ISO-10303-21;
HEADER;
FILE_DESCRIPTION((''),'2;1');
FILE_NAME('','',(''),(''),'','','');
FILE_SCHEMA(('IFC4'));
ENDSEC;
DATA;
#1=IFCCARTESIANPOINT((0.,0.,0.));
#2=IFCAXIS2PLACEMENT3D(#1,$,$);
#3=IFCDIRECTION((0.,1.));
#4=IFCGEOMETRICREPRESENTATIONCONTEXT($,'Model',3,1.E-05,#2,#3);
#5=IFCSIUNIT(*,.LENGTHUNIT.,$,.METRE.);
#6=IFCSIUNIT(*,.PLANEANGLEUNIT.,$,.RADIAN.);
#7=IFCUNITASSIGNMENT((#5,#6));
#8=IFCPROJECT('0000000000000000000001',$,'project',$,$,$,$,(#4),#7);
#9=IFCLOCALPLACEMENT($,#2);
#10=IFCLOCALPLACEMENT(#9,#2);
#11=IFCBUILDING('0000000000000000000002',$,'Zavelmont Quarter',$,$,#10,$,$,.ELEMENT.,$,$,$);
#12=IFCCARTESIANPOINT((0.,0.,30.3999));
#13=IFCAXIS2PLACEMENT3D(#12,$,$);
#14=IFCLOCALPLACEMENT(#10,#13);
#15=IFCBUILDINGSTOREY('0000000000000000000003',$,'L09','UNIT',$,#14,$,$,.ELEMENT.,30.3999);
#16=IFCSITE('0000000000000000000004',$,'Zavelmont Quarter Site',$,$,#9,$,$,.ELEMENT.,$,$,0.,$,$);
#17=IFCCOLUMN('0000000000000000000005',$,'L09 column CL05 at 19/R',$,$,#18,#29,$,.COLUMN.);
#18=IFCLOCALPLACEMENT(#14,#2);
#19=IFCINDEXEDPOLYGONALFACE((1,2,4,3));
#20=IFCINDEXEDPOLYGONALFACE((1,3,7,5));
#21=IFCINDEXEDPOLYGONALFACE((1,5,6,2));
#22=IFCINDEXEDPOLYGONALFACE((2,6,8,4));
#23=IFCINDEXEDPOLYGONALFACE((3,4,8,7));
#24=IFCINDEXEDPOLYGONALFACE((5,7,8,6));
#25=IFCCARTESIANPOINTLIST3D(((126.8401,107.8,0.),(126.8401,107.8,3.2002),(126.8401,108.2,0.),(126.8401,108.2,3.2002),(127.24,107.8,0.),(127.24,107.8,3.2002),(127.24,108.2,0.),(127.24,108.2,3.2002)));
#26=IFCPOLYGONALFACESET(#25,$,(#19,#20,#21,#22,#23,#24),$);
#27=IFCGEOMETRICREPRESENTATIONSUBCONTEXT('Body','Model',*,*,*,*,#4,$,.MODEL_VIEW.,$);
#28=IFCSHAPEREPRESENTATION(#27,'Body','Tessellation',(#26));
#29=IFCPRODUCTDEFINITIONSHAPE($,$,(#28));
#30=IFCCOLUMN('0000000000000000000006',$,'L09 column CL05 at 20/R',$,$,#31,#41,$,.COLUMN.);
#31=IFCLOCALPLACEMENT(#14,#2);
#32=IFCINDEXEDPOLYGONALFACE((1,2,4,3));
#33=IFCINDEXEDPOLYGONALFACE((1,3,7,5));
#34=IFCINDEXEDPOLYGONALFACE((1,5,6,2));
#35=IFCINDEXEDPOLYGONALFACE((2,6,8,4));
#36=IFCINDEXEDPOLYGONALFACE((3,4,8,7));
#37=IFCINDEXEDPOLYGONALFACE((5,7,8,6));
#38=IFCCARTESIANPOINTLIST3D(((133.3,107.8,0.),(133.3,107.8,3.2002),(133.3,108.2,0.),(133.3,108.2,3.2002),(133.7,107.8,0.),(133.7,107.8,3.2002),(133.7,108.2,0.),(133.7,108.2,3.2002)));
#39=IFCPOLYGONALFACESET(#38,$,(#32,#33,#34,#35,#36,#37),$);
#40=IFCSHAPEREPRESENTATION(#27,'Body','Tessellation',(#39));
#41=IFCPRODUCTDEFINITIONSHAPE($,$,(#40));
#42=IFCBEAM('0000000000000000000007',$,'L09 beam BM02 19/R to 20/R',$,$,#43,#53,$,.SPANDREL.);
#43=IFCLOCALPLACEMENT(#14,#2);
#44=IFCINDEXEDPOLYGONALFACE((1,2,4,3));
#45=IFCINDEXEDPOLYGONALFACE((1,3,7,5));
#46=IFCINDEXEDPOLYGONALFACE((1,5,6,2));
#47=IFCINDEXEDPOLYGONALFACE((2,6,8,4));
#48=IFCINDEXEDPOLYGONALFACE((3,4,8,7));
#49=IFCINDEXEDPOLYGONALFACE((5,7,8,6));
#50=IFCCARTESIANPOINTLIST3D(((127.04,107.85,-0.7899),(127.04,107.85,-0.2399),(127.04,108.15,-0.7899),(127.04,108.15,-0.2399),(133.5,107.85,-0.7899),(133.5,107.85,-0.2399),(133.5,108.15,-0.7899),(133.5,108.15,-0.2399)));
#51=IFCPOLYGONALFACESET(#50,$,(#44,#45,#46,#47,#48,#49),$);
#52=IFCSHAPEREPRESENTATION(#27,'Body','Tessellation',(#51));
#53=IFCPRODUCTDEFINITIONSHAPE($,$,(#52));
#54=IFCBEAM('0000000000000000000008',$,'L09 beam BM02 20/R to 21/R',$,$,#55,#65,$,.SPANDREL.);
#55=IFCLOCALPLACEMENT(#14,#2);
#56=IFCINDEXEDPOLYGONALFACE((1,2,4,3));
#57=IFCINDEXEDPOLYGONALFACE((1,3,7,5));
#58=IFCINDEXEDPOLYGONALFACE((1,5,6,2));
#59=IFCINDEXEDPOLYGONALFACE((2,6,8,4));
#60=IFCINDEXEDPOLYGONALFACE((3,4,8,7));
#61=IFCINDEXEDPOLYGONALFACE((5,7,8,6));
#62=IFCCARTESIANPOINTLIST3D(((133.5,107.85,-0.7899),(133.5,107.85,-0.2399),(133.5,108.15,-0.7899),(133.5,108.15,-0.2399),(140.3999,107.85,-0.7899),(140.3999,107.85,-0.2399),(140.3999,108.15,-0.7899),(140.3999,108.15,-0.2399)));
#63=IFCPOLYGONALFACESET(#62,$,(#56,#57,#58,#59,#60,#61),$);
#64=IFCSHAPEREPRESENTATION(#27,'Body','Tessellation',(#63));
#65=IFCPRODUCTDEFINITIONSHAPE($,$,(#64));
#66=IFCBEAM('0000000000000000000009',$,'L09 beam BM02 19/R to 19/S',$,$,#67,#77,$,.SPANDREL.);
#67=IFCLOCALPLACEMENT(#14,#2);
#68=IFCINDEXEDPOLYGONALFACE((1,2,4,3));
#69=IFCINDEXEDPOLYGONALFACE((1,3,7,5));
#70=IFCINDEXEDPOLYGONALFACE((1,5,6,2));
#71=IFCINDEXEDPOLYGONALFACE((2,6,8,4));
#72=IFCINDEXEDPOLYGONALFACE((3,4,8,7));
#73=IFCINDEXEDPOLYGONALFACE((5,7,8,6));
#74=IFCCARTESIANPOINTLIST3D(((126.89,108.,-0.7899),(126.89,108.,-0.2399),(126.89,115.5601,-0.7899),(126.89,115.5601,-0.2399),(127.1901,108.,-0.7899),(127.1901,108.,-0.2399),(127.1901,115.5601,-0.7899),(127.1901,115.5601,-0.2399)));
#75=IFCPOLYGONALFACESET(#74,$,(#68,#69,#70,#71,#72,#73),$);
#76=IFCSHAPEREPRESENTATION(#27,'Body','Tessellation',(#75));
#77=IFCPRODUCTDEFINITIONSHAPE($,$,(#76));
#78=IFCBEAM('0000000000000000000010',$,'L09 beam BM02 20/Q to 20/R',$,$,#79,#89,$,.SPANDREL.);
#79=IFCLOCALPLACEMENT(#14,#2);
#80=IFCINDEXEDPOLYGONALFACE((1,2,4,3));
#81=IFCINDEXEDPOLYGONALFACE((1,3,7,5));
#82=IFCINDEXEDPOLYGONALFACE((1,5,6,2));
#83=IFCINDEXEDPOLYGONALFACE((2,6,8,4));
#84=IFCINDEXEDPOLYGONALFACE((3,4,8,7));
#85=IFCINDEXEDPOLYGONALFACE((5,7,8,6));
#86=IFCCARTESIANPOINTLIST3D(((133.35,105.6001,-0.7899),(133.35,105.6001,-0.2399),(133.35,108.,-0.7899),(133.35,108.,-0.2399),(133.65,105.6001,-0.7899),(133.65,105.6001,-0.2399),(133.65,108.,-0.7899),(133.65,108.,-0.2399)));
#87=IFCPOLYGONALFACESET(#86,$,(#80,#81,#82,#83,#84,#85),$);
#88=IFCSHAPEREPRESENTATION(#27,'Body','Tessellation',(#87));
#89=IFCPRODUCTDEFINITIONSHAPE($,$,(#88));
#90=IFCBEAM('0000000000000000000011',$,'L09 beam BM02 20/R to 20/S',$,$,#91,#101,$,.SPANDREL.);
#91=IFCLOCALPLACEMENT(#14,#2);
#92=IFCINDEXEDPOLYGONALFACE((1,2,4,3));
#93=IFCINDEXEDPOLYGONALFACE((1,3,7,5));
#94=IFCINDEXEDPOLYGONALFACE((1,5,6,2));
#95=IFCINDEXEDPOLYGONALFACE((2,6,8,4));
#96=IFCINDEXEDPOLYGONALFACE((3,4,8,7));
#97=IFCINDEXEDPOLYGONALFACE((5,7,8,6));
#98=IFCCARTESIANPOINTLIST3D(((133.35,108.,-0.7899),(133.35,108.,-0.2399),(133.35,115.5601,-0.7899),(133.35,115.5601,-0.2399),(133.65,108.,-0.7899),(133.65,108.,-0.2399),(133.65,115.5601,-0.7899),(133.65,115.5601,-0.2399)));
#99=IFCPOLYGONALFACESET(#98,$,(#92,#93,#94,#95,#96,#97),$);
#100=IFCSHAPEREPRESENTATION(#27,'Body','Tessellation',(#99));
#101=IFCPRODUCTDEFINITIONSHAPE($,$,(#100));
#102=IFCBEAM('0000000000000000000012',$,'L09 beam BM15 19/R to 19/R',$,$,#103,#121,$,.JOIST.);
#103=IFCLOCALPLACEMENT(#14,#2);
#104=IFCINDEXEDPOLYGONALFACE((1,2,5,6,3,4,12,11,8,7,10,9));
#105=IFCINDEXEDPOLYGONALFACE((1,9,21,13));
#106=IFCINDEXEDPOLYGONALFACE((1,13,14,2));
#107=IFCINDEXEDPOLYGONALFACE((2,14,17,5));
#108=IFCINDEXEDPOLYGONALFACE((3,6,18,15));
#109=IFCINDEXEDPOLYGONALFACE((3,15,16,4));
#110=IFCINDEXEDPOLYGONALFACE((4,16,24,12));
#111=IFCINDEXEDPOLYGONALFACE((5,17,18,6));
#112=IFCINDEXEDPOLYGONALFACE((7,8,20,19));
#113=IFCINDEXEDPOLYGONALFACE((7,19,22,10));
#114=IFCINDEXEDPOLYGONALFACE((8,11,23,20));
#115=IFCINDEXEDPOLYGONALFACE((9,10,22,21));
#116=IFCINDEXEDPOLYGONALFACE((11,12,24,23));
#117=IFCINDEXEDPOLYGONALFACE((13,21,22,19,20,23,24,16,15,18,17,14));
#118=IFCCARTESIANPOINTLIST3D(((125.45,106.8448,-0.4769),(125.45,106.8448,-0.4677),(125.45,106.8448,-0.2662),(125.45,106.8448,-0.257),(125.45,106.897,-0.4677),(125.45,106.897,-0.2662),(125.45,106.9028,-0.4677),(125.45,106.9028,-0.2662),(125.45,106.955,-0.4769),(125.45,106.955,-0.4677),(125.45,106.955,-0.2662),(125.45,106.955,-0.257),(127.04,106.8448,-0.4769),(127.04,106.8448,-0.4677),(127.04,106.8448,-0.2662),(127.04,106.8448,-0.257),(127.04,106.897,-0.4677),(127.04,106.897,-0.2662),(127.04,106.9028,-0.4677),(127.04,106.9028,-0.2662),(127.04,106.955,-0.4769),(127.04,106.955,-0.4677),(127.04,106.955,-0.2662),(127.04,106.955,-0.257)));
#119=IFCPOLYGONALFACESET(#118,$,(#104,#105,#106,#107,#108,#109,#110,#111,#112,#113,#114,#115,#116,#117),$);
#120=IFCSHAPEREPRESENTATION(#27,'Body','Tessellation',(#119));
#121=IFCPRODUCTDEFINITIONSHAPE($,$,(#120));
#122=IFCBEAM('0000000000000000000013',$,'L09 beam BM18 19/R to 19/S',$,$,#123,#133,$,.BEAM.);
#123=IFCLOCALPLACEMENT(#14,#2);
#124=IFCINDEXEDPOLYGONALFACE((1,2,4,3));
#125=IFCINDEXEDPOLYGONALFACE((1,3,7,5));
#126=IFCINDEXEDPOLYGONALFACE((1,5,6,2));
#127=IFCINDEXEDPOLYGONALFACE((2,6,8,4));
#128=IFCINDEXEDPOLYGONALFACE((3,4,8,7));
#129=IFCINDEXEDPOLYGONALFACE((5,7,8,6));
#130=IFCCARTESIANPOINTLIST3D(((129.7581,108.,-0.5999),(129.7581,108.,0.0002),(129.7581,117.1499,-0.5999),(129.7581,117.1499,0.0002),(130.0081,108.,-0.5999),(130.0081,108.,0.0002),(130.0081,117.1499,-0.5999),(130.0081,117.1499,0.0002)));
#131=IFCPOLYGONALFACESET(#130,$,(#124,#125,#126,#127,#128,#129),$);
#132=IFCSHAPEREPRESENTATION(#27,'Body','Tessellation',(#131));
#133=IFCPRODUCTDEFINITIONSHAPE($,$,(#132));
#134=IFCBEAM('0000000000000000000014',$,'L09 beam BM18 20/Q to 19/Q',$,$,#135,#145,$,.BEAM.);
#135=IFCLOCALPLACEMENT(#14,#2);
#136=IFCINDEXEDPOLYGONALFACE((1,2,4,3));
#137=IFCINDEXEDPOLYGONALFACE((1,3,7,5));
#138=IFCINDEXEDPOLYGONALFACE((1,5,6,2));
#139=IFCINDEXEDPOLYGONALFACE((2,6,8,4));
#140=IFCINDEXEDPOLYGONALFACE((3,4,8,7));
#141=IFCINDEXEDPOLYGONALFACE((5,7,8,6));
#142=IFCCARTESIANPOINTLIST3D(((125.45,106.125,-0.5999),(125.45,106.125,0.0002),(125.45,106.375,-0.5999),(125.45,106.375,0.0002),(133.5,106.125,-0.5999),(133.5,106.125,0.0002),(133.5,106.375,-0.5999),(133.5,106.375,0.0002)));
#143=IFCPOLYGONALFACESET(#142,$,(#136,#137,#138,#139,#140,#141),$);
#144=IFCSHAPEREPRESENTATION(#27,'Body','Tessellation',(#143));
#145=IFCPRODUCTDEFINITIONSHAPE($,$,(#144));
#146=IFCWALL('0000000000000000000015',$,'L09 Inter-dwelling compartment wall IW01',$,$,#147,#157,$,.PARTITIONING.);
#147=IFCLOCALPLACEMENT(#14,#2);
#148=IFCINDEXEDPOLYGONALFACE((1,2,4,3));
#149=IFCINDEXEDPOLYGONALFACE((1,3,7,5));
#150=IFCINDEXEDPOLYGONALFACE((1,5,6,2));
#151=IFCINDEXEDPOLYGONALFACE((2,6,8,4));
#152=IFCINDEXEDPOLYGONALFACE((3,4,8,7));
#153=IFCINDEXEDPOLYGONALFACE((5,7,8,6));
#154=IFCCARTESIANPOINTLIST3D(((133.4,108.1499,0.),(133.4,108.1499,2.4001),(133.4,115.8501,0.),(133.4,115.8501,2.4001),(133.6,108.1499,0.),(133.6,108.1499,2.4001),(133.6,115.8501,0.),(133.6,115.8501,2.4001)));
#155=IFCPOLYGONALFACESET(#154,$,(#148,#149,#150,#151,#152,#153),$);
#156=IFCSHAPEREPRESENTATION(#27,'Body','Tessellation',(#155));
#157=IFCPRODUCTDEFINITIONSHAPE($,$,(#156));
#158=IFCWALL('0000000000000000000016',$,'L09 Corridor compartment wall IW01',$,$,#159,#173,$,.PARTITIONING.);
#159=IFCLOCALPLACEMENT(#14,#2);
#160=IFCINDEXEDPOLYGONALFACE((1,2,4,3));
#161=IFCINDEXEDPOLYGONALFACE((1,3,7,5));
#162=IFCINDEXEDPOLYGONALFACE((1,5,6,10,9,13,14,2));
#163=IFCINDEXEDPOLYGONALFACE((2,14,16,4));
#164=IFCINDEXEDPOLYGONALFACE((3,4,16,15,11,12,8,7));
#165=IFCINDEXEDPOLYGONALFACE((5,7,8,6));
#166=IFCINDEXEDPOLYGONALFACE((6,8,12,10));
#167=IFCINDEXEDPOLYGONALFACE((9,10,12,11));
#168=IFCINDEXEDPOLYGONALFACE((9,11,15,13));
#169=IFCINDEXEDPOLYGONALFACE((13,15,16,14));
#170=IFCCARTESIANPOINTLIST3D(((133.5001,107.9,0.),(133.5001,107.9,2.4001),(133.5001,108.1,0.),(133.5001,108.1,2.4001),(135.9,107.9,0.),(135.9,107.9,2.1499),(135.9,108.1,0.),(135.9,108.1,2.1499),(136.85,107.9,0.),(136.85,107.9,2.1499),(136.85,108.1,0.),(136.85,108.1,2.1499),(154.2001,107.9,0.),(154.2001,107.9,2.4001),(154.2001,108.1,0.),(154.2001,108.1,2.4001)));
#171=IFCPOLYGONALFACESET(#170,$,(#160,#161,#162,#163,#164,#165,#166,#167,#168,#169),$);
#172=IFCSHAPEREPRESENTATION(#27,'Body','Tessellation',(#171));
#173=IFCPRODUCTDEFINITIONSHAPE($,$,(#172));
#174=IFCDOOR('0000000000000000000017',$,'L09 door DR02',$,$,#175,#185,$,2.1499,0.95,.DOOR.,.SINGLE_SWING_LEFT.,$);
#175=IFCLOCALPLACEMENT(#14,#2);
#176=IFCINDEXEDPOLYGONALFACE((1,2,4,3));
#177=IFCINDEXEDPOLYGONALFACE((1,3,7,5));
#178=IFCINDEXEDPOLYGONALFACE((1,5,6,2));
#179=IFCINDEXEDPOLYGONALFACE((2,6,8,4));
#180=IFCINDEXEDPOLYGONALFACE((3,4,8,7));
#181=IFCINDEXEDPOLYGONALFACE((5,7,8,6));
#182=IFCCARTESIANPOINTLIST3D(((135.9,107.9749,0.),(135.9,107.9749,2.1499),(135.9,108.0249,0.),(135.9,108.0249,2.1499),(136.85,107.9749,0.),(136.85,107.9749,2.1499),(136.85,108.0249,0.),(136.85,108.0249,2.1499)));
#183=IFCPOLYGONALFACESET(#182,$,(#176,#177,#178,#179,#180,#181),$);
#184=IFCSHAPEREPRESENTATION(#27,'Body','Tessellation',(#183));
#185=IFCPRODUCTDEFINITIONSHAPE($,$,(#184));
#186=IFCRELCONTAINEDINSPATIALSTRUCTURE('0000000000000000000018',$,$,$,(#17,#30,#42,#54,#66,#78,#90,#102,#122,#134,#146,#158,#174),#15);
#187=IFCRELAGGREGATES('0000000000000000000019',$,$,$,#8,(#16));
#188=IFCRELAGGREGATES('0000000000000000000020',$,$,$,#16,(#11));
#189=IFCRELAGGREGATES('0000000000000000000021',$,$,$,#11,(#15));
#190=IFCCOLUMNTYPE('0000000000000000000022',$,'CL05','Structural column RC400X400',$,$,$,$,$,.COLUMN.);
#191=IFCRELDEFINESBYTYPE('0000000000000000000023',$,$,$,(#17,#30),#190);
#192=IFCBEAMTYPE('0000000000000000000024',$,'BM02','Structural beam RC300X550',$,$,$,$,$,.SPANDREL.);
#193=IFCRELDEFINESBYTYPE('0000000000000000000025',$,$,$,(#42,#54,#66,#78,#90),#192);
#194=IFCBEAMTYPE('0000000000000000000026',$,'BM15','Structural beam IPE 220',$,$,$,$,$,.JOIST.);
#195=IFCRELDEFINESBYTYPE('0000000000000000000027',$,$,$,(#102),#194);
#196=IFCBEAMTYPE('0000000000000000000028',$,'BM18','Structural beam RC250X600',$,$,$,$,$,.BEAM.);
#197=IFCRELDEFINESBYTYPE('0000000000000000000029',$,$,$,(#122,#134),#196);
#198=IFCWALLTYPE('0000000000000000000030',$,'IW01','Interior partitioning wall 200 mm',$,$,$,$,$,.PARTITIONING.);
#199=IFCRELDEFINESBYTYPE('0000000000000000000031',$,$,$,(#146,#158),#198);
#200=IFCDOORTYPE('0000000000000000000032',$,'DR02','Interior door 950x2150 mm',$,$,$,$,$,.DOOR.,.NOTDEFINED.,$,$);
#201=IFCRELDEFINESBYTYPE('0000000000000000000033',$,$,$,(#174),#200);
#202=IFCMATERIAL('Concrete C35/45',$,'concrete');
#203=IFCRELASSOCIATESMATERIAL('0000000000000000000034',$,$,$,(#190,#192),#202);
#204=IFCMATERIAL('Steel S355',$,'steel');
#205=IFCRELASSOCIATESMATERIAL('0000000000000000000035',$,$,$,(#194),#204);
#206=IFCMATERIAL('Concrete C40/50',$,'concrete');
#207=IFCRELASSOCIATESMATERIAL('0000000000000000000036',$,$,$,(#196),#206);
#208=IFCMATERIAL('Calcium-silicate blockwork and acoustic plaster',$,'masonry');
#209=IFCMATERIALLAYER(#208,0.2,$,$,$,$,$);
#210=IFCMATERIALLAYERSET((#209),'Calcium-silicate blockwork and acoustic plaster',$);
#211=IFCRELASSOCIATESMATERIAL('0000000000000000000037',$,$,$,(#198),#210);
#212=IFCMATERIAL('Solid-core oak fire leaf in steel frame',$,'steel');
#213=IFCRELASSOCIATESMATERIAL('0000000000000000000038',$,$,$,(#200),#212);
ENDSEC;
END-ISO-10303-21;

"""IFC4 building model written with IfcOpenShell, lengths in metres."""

from ifc_helpers import new_model, si_unit, direction, frame, frame_2d, origin, origin_with_axes, origin_2d, place, context, subcontext, project, spatial, rectangle, i_section, extrude, material, layer, layer_set, material_profile, profile_set, type_object, element, fill, save


model = new_model("IFC4")

# Units and contexts
model_context = context("Model", 3, precision=1e-05, world=origin(), true_north=direction((0.0, 1.0)))
body_context = subcontext(model_context, "Body", "Model", "MODEL_VIEW")
ifc_project = project(units=[si_unit("LENGTHUNIT", "METRE"), si_unit("PLANEANGLEUNIT", "RADIAN")], contexts=[model_context])

# Site, building, storey
site_placement = place(None, origin())
site = spatial("IfcSite", under=ifc_project, at=site_placement, Name="Zavelmont Quarter Site", CompositionType="ELEMENT", RefElevation=0.0)
building_placement = place(site_placement, origin())
building = spatial("IfcBuilding", under=site, at=building_placement, Name="Zavelmont Quarter", CompositionType="ELEMENT")
storey_placement = place(building_placement, frame((0.0, 0.0, 30.3999)))
storey = spatial("IfcBuildingStorey", under=building, at=storey_placement, Name="L09", Description="UNIT", CompositionType="ELEMENT", Elevation=30.3999)

# Columns
ifc_material_1 = material(Name="Concrete C35/45", Category="concrete")
ifc_material_profile_1 = material_profile(ifc_material_1, rectangle(XDim=0.3999, YDim=0.3999, at=origin_2d()), Name="RC400X400")
ifc_profile_set_1 = profile_set([ifc_material_profile_1], Name="Concrete C35/45")
column_type = type_object("IfcColumnType", Name="CL05", Description="Structural column RC400X400", PredefinedType="COLUMN", material=ifc_profile_set_1)
for number, where, z_axis, x_axis, name in (
    (1, (127.04, 108.0, 0.0), (0.0, 0.0, 1.0), (1.0, 0.0, 0.0), "L09 column CL05 at 19/R"),
    (2, (133.5, 108.0, 0.0), (0.0, 0.0, 1.0), (1.0, 0.0, 0.0), "L09 column CL05 at 20/R"),
):
    element("IfcColumn", number, at=place(storey_placement, frame(where, z_axis=z_axis, x_axis=x_axis)), inside=storey, type_object=column_type, Name=name, PredefinedType="COLUMN", context=body_context, shape_type="SweptSolid", body=[
        extrude(rectangle(XDim=0.3999, YDim=0.3999, at=origin_2d()), origin(), (0.0, 0.0, 1.0), 3.2002),
    ])

# Beams
ifc_material_profile_2 = material_profile(ifc_material_1, rectangle(XDim=0.3, YDim=0.55, at=origin_2d()), Name="RC300X550")
ifc_profile_set_2 = profile_set([ifc_material_profile_2], Name="Concrete C35/45")
beam_type_1 = type_object("IfcBeamType", Name="BM02", Description="Structural beam RC300X550", PredefinedType="SPANDREL", material=ifc_profile_set_2)
beam_1_placement = place(storey_placement, frame((127.04, 108.0, -0.5149), z_axis=(1.0, 0.0, 0.0), x_axis=(0.0, 1.0, 0.0)))
element("IfcBeam", 3, at=beam_1_placement, inside=storey, type_object=beam_type_1, Name="L09 beam BM02 19/R to 20/R", PredefinedType="SPANDREL", context=body_context, shape_type="SweptSolid", body=[
    extrude(rectangle(XDim=0.3, YDim=0.55, at=origin_2d()), origin(), (0.0, 0.0, 1.0), 6.46),
])
beam_2_placement = place(storey_placement, frame((133.5, 108.0, -0.5149), z_axis=(1.0, 0.0, 0.0), x_axis=(0.0, 1.0, 0.0)))
element("IfcBeam", 4, at=beam_2_placement, inside=storey, type_object=beam_type_1, Name="L09 beam BM02 20/R to 21/R", PredefinedType="SPANDREL", context=body_context, shape_type="SweptSolid", body=[
    extrude(rectangle(XDim=0.3, YDim=0.55, at=origin_2d()), origin(), (0.0, 0.0, 1.0), 6.8999),
])
beam_3_placement = place(storey_placement, frame((127.04, 108.0, -0.5149), z_axis=(0.0, 1.0, 0.0), x_axis=(-1.0, 0.0, 0.0)))
element("IfcBeam", 5, at=beam_3_placement, inside=storey, type_object=beam_type_1, Name="L09 beam BM02 19/R to 19/S", PredefinedType="SPANDREL", context=body_context, shape_type="SweptSolid", body=[
    extrude(rectangle(XDim=0.3, YDim=0.55, at=origin_2d()), origin(), (0.0, 0.0, 1.0), 7.5601),
])
beam_4_placement = place(storey_placement, frame((133.5, 105.6001, -0.5149), z_axis=(0.0, 1.0, 0.0), x_axis=(-1.0, 0.0, 0.0)))
element("IfcBeam", 6, at=beam_4_placement, inside=storey, type_object=beam_type_1, Name="L09 beam BM02 20/Q to 20/R", PredefinedType="SPANDREL", context=body_context, shape_type="SweptSolid", body=[
    extrude(rectangle(XDim=0.3, YDim=0.55, at=origin_2d()), origin(), (0.0, 0.0, 1.0), 2.3999),
])
beam_5_placement = place(storey_placement, frame((133.5, 108.0, -0.5149), z_axis=(0.0, 1.0, 0.0), x_axis=(-1.0, 0.0, 0.0)))
element("IfcBeam", 7, at=beam_5_placement, inside=storey, type_object=beam_type_1, Name="L09 beam BM02 20/R to 20/S", PredefinedType="SPANDREL", context=body_context, shape_type="SweptSolid", body=[
    extrude(rectangle(XDim=0.3, YDim=0.55, at=origin_2d()), origin(), (0.0, 0.0, 1.0), 7.5601),
])
ifc_material_2 = material(Name="Steel S355", Category="steel")
ifc_material_profile_3 = material_profile(ifc_material_2, i_section(OverallWidth=0.1101, OverallDepth=0.22, WebThickness=0.0059, FlangeThickness=0.0093, at=origin_2d()), Name="IPE 220")
ifc_profile_set_3 = profile_set([ifc_material_profile_3], Name="Steel S355")
beam_type_2 = type_object("IfcBeamType", Name="BM15", Description="Structural beam IPE 220", PredefinedType="JOIST", material=ifc_profile_set_3)
beam_6_placement = place(storey_placement, frame((127.04, 106.8999, -0.3669), z_axis=(-1.0, 0.0, 0.0), x_axis=(0.0, -1.0, 0.0)))
element("IfcBeam", 8, at=beam_6_placement, inside=storey, type_object=beam_type_2, Name="L09 beam BM15 19/R to 19/R", PredefinedType="JOIST", context=body_context, shape_type="SweptSolid", body=[
    extrude(i_section(OverallWidth=0.1101, OverallDepth=0.22, WebThickness=0.0059, FlangeThickness=0.0093, at=origin_2d()), origin(), (0.0, 0.0, 1.0), 1.5901),
])
ifc_material_3 = material(Name="Concrete C40/50", Category="concrete")
ifc_material_profile_4 = material_profile(ifc_material_3, rectangle(XDim=0.25, YDim=0.6001, at=origin_2d()), Name="RC250X600")
ifc_profile_set_4 = profile_set([ifc_material_profile_4], Name="Concrete C40/50")
beam_type_3 = type_object("IfcBeamType", Name="BM18", Description="Structural beam RC250X600", PredefinedType="BEAM", material=ifc_profile_set_4)
beam_7_placement = place(storey_placement, frame((129.8831, 108.0, -0.2998), z_axis=(0.0, 1.0, 0.0), x_axis=(-1.0, 0.0, 0.0)))
element("IfcBeam", 9, at=beam_7_placement, inside=storey, type_object=beam_type_3, Name="L09 beam BM18 19/R to 19/S", PredefinedType="BEAM", context=body_context, shape_type="SweptSolid", body=[
    extrude(rectangle(XDim=0.25, YDim=0.6001, at=origin_2d()), origin(), (0.0, 0.0, 1.0), 9.1499),
])
beam_8_placement = place(storey_placement, frame((133.5, 106.25, -0.2998), z_axis=(-1.0, 0.0, 0.0), x_axis=(0.0, -1.0, 0.0)))
element("IfcBeam", 10, at=beam_8_placement, inside=storey, type_object=beam_type_3, Name="L09 beam BM18 20/Q to 19/Q", PredefinedType="BEAM", context=body_context, shape_type="SweptSolid", body=[
    extrude(rectangle(XDim=0.25, YDim=0.6001, at=origin_2d()), origin(), (0.0, 0.0, 1.0), 8.05),
])

# Wall
ifc_material_4 = material(Name="Calcium-silicate blockwork and acoustic plaster", Category="masonry")
ifc_layer_1 = layer(ifc_material_4, 0.2)
ifc_layer_set_1 = layer_set([ifc_layer_1], Name="Calcium-silicate blockwork and acoustic plaster")
wall_type_1 = type_object("IfcWallType", Name="IW01", Description="Interior partitioning wall 200 mm", PredefinedType="PARTITIONING", material=ifc_layer_set_1)
wall_1_placement = place(storey_placement, frame((133.5, 108.1499, 0.0), z_axis=(0.0, 0.0, 1.0), x_axis=(0.0, 1.0, 0.0)))
element("IfcWall", 11, at=wall_1_placement, inside=storey, type_object=wall_type_1, Name="L09 Inter-dwelling compartment wall IW01", PredefinedType="PARTITIONING", context=body_context, shape_type="SweptSolid", body=[
    extrude(rectangle(XDim=7.7002, YDim=0.2, at=frame_2d((3.8501, 0.0))), origin(), (0.0, 0.0, 1.0), 2.4001),
])

# Wall, opening, door
wall_2_placement = place(storey_placement, frame((133.5, 108.0, 0.0), z_axis=(0.0, 0.0, 1.0), x_axis=(1.0, 0.0, 0.0)))
wall_2 = element("IfcWall", 12, at=wall_2_placement, inside=storey, type_object=wall_type_1, Name="L09 Corridor compartment wall IW01", PredefinedType="PARTITIONING", context=body_context, shape_type="SweptSolid", body=[
    extrude(rectangle(XDim=20.7, YDim=0.2, at=frame_2d((10.3501, 0.0))), origin(), (0.0, 0.0, 1.0), 2.4001),
])
opening_1_placement = place(wall_2_placement, frame((2.3999, 0.0, 0.0)))
opening_1 = element("IfcOpeningElement", 13, at=opening_1_placement, cuts=wall_2, PredefinedType="OPENING", context=body_context, shape_type="SweptSolid", body=[
    extrude(rectangle(XDim=0.95, YDim=2.1499, at=frame_2d((0.4751, 1.075))), frame((0.0, 0.1118, 0.0), z_axis=(0.0, -1.0, 0.0), x_axis=(1.0, 0.0, 0.0)), (0.0, 0.0, 1.0), 0.2239),
])
ifc_material_5 = material(Name="Solid-core oak fire leaf in steel frame", Category="steel")
door_type_1 = type_object("IfcDoorType", Name="DR02", Description="Interior door 950x2150 mm", OperationType="NOTDEFINED", PredefinedType="DOOR", material=ifc_material_5)
door_1_placement = place(opening_1_placement, origin_with_axes())
door_1 = element("IfcDoor", 14, at=door_1_placement, inside=storey, type_object=door_type_1, Name="L09 door DR02", OperationType="SINGLE_SWING_LEFT", OverallHeight=2.1499, OverallWidth=0.95, PredefinedType="DOOR", context=body_context, shape_type="SweptSolid", body=[
    extrude(rectangle(XDim=0.95, YDim=2.1499, at=frame_2d((0.4751, 1.075))), frame((0.0, 0.0249, 0.0), z_axis=(0.0, -1.0, 0.0), x_axis=(1.0, 0.0, 0.0)), (0.0, 0.0, 1.0), 0.05),
])
fill(opening_1, door_1)

save(model, "model.ifc")
